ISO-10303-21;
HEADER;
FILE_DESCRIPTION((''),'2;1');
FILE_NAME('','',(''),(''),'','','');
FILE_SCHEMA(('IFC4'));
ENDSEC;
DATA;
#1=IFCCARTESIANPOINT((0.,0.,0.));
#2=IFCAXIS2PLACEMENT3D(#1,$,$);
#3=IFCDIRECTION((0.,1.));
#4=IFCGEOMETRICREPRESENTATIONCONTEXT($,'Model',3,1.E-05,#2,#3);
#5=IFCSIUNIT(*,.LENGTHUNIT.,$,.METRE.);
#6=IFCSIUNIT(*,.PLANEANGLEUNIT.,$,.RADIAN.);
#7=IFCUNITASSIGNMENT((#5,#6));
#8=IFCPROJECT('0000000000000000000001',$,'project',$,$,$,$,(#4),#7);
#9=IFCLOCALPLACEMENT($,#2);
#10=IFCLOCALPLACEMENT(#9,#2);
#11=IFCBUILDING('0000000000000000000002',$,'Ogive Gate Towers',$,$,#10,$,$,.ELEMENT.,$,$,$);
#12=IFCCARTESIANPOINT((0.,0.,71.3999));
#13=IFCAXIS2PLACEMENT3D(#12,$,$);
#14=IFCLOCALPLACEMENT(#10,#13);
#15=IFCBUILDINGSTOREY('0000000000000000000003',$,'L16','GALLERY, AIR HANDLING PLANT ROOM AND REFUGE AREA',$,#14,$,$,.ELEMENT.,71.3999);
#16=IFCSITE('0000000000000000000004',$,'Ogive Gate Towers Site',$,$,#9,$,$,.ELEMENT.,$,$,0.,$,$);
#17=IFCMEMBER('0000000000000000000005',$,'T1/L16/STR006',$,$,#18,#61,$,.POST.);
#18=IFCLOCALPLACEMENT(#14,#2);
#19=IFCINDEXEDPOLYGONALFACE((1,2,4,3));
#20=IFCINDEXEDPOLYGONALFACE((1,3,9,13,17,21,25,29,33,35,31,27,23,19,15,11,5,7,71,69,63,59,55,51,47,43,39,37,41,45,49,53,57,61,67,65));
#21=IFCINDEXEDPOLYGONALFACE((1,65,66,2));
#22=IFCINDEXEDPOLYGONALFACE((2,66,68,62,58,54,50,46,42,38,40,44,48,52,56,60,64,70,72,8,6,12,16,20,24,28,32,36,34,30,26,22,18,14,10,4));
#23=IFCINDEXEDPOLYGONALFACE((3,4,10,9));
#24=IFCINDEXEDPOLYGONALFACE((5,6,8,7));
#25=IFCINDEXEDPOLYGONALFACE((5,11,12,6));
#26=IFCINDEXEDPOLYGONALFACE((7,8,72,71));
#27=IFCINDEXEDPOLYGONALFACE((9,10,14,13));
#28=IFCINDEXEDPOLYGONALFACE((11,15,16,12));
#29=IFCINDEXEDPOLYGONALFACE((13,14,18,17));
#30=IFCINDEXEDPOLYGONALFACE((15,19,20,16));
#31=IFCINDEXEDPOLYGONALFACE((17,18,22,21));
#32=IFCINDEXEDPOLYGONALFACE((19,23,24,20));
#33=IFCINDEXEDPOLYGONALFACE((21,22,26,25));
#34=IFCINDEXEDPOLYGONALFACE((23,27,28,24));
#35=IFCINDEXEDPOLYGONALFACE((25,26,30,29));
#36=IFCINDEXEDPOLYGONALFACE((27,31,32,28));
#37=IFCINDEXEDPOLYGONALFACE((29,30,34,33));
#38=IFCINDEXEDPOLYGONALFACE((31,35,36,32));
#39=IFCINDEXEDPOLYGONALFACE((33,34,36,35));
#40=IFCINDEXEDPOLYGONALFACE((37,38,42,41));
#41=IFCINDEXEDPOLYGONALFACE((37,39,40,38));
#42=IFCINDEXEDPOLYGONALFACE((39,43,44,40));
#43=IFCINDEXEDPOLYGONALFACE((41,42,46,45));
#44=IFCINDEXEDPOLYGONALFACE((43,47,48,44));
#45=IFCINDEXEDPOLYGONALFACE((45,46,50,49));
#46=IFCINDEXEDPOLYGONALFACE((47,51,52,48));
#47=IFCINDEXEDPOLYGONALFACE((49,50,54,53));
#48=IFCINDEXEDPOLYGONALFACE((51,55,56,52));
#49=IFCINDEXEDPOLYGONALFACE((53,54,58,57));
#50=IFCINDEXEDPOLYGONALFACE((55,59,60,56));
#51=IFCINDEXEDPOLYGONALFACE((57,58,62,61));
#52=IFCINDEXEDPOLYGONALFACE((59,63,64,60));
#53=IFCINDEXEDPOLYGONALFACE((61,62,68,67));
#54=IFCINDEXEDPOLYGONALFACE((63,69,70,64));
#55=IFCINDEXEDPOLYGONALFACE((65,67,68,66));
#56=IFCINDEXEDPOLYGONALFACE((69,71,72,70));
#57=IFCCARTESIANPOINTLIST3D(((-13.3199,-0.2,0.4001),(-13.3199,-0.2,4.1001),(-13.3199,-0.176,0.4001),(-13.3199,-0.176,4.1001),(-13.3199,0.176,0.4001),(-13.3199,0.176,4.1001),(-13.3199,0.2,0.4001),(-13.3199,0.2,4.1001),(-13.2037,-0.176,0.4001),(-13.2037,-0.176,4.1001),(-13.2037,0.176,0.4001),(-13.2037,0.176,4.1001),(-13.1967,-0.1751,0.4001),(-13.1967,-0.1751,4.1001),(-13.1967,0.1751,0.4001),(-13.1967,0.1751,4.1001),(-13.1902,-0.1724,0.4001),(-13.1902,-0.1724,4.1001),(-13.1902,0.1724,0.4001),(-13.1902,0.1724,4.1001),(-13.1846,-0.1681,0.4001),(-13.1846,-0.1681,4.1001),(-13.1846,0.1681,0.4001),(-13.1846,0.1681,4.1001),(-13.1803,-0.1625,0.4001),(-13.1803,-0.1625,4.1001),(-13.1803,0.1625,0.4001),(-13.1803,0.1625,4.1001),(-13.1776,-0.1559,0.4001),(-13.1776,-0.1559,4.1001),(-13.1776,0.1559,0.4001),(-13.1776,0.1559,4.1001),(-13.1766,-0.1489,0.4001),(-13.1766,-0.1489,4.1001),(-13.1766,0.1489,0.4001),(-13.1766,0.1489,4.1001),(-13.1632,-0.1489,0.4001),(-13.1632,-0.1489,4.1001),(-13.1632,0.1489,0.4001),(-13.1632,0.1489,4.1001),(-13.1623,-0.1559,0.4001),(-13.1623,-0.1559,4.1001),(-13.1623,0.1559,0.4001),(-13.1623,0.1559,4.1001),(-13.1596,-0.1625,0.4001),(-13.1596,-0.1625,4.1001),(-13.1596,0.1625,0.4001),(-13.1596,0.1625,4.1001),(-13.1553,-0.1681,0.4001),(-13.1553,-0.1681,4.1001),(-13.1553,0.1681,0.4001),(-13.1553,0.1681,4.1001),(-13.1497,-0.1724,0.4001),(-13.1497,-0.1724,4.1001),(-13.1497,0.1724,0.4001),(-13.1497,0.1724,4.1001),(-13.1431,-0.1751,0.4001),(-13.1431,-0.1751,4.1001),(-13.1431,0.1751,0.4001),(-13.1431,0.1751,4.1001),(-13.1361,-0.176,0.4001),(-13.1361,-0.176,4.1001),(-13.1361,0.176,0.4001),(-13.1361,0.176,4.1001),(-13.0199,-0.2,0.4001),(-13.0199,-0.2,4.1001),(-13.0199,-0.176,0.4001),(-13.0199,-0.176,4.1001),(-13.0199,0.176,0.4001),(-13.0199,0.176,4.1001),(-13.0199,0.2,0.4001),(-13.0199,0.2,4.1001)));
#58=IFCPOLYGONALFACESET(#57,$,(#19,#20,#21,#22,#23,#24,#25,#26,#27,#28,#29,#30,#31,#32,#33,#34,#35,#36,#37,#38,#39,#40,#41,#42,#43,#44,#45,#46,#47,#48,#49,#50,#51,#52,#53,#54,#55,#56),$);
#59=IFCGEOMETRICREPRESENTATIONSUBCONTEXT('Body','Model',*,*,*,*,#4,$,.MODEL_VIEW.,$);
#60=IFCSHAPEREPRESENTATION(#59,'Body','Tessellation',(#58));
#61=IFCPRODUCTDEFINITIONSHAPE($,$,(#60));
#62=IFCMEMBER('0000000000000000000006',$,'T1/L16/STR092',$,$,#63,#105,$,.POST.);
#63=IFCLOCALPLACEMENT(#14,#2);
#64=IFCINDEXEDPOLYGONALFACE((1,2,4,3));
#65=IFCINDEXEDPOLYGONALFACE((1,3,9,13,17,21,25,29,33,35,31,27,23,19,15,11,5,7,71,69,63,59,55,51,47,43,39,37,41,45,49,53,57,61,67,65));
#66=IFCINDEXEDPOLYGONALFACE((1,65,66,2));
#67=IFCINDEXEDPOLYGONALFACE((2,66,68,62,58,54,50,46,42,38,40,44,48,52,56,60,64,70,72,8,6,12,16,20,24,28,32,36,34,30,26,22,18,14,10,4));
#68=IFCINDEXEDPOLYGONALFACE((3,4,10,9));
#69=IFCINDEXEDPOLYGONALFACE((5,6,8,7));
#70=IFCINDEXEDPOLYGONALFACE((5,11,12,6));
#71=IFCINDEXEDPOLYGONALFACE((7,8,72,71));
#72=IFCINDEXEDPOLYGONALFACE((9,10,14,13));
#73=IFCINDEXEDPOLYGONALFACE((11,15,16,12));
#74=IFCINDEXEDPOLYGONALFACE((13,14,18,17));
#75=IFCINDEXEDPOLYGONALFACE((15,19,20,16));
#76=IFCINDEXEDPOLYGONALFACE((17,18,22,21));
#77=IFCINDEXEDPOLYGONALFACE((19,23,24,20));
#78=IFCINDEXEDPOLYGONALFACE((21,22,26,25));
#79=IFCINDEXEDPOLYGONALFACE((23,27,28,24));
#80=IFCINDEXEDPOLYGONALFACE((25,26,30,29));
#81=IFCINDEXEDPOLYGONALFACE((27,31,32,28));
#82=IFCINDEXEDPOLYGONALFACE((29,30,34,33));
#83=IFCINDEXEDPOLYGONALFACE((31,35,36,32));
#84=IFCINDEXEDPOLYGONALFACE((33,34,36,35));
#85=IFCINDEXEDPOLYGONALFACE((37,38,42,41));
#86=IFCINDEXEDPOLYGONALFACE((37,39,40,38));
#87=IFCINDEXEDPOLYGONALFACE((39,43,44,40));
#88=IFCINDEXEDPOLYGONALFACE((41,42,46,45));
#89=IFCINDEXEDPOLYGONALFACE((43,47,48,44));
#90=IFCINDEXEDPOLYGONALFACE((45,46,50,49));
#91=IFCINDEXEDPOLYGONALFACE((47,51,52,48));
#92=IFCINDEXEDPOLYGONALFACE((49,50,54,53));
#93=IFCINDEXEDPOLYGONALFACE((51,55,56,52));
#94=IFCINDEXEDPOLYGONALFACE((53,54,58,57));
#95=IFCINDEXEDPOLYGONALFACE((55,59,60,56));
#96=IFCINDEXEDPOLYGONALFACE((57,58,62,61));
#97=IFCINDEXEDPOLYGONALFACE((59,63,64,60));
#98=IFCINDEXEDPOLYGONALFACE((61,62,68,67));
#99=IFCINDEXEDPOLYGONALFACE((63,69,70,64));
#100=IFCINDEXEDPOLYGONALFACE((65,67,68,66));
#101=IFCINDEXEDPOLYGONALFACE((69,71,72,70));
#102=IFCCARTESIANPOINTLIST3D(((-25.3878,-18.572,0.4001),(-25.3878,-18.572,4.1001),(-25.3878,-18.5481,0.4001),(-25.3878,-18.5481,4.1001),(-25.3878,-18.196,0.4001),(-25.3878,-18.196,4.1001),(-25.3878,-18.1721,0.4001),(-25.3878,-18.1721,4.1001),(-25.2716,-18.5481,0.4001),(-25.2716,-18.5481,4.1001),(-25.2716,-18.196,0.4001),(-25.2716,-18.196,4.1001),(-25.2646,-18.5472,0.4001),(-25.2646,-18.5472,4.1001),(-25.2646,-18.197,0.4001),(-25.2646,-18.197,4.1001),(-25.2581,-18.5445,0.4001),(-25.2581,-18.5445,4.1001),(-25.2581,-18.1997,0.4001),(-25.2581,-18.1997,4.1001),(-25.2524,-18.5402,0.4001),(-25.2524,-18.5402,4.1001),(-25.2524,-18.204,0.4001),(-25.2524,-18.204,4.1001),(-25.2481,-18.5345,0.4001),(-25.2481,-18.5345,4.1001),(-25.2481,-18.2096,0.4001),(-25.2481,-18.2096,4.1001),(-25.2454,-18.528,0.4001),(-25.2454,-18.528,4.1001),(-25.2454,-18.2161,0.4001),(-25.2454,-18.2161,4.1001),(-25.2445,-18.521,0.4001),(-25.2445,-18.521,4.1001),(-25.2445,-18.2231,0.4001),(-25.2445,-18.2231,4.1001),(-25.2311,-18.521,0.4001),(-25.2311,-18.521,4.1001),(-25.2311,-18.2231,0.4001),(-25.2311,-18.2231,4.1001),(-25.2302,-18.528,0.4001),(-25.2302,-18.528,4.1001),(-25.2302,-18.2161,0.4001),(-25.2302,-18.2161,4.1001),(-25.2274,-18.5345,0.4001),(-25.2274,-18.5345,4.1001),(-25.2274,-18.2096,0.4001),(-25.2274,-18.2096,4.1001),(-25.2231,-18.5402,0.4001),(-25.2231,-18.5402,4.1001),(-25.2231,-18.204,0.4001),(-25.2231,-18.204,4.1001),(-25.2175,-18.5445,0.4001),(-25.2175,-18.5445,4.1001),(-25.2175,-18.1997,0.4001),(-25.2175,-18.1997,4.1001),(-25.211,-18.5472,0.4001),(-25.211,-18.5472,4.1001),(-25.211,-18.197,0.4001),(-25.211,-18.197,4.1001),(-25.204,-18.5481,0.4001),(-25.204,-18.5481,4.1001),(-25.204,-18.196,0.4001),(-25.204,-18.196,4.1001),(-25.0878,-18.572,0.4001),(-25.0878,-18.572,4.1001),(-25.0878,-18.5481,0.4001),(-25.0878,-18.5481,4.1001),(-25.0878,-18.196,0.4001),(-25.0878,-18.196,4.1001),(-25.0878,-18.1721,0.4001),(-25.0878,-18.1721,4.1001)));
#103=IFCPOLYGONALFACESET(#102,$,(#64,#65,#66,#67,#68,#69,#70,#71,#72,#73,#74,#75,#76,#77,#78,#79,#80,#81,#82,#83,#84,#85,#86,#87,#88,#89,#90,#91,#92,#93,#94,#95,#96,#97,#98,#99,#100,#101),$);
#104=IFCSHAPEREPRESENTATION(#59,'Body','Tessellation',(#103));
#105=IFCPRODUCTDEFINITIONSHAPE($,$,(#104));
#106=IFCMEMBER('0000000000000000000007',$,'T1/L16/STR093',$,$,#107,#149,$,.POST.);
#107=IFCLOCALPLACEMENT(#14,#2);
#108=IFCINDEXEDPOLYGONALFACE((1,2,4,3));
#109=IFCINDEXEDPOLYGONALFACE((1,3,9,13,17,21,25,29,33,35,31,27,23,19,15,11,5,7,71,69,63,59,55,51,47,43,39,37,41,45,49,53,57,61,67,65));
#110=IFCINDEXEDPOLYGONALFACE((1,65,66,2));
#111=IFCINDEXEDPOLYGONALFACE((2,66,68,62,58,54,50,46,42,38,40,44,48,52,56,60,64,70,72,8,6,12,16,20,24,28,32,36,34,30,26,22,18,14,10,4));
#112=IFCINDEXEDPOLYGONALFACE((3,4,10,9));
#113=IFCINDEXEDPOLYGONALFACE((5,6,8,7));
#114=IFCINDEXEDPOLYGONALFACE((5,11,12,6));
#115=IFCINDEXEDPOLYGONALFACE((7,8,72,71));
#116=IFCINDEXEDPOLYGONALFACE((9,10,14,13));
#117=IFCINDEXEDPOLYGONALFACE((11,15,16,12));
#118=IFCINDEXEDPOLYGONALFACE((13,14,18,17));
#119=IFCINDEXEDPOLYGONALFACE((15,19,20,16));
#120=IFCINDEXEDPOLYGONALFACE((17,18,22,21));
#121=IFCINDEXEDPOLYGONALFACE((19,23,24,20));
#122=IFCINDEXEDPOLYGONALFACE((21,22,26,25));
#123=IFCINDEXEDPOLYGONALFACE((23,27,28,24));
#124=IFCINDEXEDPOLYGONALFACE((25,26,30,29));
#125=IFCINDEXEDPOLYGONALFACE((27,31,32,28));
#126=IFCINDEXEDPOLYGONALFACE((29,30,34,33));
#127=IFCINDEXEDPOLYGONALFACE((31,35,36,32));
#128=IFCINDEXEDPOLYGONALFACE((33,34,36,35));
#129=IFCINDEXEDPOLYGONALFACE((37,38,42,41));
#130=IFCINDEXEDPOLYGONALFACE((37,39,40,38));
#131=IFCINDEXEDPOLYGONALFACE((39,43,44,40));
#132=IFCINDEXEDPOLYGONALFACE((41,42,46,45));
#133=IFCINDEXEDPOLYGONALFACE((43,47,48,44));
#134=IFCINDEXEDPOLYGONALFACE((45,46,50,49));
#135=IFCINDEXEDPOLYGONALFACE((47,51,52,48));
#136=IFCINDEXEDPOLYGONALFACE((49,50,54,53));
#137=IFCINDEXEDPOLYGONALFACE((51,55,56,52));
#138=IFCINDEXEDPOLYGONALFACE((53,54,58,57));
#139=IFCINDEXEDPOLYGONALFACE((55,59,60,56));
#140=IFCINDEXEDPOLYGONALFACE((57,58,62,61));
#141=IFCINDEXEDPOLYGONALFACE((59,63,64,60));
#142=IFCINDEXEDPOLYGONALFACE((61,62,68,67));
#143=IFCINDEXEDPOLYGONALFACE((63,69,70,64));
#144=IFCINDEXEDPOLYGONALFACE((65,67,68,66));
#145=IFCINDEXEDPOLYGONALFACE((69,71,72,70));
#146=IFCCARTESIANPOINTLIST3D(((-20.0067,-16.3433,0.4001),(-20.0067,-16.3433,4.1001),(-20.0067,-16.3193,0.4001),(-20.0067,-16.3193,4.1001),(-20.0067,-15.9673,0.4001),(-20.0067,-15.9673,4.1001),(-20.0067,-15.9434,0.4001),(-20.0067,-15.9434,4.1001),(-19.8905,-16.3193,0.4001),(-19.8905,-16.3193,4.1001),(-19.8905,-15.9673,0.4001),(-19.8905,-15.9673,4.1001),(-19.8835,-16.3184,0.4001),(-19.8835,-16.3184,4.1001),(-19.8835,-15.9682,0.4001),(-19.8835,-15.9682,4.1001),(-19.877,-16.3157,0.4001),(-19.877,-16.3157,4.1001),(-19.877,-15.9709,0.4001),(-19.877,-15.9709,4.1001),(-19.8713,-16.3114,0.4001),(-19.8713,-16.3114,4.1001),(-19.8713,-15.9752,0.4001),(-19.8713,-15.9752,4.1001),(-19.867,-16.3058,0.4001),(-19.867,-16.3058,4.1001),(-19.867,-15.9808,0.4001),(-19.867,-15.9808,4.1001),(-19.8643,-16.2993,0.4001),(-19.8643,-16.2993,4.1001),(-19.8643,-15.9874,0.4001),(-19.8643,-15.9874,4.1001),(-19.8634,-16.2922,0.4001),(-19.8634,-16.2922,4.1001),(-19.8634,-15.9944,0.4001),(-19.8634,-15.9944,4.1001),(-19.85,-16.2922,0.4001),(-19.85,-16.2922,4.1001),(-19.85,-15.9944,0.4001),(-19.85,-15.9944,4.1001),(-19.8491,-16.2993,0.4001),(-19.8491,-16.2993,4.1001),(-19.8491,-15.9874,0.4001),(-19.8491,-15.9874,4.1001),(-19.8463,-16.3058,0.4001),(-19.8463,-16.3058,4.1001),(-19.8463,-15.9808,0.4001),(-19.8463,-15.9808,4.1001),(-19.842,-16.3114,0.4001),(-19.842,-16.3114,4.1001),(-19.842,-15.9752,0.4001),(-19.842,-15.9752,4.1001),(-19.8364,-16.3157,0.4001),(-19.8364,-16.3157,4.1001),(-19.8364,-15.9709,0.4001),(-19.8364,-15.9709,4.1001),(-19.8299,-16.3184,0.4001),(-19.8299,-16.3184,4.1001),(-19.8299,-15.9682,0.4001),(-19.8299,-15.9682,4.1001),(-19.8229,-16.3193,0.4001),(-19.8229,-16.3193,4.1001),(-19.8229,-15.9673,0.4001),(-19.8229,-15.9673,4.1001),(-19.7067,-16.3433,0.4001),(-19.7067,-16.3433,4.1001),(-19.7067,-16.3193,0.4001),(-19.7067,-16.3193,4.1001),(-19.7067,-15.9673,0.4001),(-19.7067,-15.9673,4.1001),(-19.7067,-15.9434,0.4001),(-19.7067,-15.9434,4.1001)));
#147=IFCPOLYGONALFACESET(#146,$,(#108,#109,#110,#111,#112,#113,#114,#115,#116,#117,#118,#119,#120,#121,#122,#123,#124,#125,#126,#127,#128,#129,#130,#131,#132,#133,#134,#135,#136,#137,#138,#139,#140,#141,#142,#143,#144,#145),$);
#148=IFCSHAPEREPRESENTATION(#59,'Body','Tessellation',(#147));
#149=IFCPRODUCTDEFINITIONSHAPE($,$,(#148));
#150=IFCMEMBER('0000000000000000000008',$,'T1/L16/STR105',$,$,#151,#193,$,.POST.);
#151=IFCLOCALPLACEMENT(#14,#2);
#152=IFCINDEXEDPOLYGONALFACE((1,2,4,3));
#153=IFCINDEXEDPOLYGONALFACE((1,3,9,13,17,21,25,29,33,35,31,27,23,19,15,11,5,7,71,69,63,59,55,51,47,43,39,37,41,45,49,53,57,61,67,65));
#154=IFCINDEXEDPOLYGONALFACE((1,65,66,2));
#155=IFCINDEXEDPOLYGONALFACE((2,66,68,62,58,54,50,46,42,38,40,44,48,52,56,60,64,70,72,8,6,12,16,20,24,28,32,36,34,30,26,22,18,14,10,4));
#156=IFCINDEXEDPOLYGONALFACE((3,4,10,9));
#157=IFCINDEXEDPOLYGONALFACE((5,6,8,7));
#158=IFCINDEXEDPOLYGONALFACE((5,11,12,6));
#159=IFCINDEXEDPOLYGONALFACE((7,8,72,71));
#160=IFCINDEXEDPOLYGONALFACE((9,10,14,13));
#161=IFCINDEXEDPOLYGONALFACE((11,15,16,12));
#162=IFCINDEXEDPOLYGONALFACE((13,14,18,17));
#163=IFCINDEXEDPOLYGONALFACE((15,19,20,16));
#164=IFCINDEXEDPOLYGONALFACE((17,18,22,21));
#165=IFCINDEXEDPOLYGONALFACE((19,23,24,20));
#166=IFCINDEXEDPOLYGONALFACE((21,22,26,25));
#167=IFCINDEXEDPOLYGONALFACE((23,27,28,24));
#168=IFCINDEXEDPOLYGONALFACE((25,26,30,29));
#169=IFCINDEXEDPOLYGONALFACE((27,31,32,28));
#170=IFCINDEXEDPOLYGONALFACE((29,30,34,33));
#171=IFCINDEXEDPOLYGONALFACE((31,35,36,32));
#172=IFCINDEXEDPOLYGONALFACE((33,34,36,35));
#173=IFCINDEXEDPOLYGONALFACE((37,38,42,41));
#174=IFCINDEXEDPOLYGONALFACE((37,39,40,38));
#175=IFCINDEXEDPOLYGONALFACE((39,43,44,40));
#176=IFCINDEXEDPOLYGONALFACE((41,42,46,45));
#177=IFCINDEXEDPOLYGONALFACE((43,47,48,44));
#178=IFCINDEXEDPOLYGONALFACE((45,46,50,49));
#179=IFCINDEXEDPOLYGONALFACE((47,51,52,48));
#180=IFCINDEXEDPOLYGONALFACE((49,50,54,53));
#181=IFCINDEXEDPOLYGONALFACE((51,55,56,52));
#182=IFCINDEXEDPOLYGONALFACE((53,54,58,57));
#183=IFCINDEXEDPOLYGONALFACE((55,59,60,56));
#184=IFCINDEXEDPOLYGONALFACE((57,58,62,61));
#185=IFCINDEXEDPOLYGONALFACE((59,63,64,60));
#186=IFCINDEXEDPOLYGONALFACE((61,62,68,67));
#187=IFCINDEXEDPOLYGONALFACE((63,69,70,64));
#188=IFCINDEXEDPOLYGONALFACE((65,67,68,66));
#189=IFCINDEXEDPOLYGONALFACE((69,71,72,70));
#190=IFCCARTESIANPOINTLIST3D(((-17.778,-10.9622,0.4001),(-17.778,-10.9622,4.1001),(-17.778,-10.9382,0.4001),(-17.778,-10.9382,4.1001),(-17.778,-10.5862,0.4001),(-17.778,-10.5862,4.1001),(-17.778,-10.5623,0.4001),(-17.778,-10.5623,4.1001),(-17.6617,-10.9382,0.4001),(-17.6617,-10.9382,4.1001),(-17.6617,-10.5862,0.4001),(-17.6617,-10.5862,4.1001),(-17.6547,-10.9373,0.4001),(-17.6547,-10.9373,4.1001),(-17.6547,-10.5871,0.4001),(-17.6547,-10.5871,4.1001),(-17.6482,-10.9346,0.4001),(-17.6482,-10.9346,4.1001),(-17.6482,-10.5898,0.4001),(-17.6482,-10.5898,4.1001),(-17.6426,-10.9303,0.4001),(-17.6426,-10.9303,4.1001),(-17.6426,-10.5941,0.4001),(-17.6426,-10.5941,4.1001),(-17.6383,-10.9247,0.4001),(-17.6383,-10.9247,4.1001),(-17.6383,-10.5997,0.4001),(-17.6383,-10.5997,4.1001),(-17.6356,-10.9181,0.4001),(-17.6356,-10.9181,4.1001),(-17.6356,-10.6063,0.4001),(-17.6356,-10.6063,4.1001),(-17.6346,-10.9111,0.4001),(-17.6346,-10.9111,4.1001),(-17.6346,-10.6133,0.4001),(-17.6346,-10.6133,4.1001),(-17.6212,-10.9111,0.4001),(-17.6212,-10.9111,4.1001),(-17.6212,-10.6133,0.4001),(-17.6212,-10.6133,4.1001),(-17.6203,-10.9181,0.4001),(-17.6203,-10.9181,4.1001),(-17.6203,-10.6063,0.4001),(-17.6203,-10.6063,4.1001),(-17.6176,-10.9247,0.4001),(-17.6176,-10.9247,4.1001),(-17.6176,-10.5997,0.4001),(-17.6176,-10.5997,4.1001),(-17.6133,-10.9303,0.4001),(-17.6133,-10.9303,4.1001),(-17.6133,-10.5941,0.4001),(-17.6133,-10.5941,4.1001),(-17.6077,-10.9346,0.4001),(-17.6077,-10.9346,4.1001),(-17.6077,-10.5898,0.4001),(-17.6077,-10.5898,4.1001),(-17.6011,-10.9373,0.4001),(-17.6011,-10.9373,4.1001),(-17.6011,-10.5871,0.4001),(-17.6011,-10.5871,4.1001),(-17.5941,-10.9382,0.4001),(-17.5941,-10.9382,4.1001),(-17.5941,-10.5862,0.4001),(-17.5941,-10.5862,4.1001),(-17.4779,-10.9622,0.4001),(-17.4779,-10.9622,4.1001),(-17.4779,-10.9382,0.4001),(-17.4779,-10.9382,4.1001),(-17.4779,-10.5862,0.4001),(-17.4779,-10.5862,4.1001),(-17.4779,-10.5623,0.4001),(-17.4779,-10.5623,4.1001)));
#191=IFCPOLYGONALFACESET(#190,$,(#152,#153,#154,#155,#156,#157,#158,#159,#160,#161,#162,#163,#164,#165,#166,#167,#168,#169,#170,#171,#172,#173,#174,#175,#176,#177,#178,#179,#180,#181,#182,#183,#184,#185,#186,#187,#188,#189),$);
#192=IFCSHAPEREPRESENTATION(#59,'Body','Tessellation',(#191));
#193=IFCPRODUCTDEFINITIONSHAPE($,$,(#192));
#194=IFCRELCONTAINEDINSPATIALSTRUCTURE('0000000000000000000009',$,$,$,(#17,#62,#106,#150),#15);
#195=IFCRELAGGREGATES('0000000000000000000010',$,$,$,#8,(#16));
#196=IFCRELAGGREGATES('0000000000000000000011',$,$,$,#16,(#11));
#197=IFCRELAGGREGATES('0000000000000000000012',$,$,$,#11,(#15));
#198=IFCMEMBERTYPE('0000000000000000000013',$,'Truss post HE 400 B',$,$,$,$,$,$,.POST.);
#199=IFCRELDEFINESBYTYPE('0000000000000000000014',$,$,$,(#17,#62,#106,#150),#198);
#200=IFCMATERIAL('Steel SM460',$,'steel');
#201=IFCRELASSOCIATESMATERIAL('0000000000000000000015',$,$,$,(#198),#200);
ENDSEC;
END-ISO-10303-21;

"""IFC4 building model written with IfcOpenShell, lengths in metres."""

from ifc_helpers import new_model, si_unit, direction, frame, origin, origin_2d, place, context, subcontext, project, spatial, i_section, extrude, material, material_profile, profile_set, type_object, element, save


model = new_model("IFC4")

# Units and contexts
model_context = context("Model", 3, precision=1e-05, world=origin(), true_north=direction((0.0, 1.0)))
body_context = subcontext(model_context, "Body", "Model", "MODEL_VIEW")
ifc_project = project(units=[si_unit("LENGTHUNIT", "METRE"), si_unit("PLANEANGLEUNIT", "RADIAN")], contexts=[model_context])

# Site, building, storey
site_placement = place(None, origin())
site = spatial("IfcSite", under=ifc_project, at=site_placement, Name="Ogive Gate Towers Site", CompositionType="ELEMENT", RefElevation=0.0)
building_placement = place(site_placement, origin())
building = spatial("IfcBuilding", under=site, at=building_placement, Name="Ogive Gate Towers", CompositionType="ELEMENT")
storey_placement = place(building_placement, frame((0.0, 0.0, 71.3999)))
storey = spatial("IfcBuildingStorey", under=building, at=storey_placement, Name="L16", Description="GALLERY, AIR HANDLING PLANT ROOM AND REFUGE AREA", CompositionType="ELEMENT", Elevation=71.3999)

# Shared definitions
ifc_material_1 = material(Name="Steel SM460", Category="steel")

# Members
ifc_material_profile_1 = material_profile(ifc_material_1, i_section(OverallWidth=0.3, OverallDepth=0.3999, WebThickness=0.0134, FlangeThickness=0.0239, FilletRadius=0.0271, at=origin_2d()), Name="HE 400 B")
ifc_profile_set_1 = profile_set([ifc_material_profile_1], Name="Steel SM460")
member_type_1 = type_object("IfcMemberType", Name="Truss post HE 400 B", PredefinedType="POST", material=ifc_profile_set_1)
for number, where, z_axis, x_axis, name in (
    (1, (-13.1699, 0.0, 0.4001), (0.0, 0.0, 1.0), (1.0, 0.0, 0.0), "T1/L16/STR006"),
    (2, (-25.2378, -18.3721, 0.4001), (0.0, 0.0, 1.0), (1.0, 0.0, 0.0), "T1/L16/STR092"),
    (3, (-19.8567, -16.1433, 0.4001), (0.0, 0.0, 1.0), (1.0, 0.0, 0.0), "T1/L16/STR093"),
    (4, (-17.6279, -10.7622, 0.4001), (0.0, 0.0, 1.0), (1.0, 0.0, 0.0), "T1/L16/STR105"),
):
    element("IfcMember", number, at=place(storey_placement, frame(where, z_axis=z_axis, x_axis=x_axis)), inside=storey, type_object=member_type_1, Name=name, PredefinedType="POST", context=body_context, shape_type="SweptSolid", body=[
        extrude(i_section(OverallWidth=0.3, OverallDepth=0.3999, WebThickness=0.0134, FlangeThickness=0.0239, FilletRadius=0.0271, at=origin_2d()), origin(), (0.0, 0.0, 1.0), 3.7),
    ])

save(model, "model.ifc")
